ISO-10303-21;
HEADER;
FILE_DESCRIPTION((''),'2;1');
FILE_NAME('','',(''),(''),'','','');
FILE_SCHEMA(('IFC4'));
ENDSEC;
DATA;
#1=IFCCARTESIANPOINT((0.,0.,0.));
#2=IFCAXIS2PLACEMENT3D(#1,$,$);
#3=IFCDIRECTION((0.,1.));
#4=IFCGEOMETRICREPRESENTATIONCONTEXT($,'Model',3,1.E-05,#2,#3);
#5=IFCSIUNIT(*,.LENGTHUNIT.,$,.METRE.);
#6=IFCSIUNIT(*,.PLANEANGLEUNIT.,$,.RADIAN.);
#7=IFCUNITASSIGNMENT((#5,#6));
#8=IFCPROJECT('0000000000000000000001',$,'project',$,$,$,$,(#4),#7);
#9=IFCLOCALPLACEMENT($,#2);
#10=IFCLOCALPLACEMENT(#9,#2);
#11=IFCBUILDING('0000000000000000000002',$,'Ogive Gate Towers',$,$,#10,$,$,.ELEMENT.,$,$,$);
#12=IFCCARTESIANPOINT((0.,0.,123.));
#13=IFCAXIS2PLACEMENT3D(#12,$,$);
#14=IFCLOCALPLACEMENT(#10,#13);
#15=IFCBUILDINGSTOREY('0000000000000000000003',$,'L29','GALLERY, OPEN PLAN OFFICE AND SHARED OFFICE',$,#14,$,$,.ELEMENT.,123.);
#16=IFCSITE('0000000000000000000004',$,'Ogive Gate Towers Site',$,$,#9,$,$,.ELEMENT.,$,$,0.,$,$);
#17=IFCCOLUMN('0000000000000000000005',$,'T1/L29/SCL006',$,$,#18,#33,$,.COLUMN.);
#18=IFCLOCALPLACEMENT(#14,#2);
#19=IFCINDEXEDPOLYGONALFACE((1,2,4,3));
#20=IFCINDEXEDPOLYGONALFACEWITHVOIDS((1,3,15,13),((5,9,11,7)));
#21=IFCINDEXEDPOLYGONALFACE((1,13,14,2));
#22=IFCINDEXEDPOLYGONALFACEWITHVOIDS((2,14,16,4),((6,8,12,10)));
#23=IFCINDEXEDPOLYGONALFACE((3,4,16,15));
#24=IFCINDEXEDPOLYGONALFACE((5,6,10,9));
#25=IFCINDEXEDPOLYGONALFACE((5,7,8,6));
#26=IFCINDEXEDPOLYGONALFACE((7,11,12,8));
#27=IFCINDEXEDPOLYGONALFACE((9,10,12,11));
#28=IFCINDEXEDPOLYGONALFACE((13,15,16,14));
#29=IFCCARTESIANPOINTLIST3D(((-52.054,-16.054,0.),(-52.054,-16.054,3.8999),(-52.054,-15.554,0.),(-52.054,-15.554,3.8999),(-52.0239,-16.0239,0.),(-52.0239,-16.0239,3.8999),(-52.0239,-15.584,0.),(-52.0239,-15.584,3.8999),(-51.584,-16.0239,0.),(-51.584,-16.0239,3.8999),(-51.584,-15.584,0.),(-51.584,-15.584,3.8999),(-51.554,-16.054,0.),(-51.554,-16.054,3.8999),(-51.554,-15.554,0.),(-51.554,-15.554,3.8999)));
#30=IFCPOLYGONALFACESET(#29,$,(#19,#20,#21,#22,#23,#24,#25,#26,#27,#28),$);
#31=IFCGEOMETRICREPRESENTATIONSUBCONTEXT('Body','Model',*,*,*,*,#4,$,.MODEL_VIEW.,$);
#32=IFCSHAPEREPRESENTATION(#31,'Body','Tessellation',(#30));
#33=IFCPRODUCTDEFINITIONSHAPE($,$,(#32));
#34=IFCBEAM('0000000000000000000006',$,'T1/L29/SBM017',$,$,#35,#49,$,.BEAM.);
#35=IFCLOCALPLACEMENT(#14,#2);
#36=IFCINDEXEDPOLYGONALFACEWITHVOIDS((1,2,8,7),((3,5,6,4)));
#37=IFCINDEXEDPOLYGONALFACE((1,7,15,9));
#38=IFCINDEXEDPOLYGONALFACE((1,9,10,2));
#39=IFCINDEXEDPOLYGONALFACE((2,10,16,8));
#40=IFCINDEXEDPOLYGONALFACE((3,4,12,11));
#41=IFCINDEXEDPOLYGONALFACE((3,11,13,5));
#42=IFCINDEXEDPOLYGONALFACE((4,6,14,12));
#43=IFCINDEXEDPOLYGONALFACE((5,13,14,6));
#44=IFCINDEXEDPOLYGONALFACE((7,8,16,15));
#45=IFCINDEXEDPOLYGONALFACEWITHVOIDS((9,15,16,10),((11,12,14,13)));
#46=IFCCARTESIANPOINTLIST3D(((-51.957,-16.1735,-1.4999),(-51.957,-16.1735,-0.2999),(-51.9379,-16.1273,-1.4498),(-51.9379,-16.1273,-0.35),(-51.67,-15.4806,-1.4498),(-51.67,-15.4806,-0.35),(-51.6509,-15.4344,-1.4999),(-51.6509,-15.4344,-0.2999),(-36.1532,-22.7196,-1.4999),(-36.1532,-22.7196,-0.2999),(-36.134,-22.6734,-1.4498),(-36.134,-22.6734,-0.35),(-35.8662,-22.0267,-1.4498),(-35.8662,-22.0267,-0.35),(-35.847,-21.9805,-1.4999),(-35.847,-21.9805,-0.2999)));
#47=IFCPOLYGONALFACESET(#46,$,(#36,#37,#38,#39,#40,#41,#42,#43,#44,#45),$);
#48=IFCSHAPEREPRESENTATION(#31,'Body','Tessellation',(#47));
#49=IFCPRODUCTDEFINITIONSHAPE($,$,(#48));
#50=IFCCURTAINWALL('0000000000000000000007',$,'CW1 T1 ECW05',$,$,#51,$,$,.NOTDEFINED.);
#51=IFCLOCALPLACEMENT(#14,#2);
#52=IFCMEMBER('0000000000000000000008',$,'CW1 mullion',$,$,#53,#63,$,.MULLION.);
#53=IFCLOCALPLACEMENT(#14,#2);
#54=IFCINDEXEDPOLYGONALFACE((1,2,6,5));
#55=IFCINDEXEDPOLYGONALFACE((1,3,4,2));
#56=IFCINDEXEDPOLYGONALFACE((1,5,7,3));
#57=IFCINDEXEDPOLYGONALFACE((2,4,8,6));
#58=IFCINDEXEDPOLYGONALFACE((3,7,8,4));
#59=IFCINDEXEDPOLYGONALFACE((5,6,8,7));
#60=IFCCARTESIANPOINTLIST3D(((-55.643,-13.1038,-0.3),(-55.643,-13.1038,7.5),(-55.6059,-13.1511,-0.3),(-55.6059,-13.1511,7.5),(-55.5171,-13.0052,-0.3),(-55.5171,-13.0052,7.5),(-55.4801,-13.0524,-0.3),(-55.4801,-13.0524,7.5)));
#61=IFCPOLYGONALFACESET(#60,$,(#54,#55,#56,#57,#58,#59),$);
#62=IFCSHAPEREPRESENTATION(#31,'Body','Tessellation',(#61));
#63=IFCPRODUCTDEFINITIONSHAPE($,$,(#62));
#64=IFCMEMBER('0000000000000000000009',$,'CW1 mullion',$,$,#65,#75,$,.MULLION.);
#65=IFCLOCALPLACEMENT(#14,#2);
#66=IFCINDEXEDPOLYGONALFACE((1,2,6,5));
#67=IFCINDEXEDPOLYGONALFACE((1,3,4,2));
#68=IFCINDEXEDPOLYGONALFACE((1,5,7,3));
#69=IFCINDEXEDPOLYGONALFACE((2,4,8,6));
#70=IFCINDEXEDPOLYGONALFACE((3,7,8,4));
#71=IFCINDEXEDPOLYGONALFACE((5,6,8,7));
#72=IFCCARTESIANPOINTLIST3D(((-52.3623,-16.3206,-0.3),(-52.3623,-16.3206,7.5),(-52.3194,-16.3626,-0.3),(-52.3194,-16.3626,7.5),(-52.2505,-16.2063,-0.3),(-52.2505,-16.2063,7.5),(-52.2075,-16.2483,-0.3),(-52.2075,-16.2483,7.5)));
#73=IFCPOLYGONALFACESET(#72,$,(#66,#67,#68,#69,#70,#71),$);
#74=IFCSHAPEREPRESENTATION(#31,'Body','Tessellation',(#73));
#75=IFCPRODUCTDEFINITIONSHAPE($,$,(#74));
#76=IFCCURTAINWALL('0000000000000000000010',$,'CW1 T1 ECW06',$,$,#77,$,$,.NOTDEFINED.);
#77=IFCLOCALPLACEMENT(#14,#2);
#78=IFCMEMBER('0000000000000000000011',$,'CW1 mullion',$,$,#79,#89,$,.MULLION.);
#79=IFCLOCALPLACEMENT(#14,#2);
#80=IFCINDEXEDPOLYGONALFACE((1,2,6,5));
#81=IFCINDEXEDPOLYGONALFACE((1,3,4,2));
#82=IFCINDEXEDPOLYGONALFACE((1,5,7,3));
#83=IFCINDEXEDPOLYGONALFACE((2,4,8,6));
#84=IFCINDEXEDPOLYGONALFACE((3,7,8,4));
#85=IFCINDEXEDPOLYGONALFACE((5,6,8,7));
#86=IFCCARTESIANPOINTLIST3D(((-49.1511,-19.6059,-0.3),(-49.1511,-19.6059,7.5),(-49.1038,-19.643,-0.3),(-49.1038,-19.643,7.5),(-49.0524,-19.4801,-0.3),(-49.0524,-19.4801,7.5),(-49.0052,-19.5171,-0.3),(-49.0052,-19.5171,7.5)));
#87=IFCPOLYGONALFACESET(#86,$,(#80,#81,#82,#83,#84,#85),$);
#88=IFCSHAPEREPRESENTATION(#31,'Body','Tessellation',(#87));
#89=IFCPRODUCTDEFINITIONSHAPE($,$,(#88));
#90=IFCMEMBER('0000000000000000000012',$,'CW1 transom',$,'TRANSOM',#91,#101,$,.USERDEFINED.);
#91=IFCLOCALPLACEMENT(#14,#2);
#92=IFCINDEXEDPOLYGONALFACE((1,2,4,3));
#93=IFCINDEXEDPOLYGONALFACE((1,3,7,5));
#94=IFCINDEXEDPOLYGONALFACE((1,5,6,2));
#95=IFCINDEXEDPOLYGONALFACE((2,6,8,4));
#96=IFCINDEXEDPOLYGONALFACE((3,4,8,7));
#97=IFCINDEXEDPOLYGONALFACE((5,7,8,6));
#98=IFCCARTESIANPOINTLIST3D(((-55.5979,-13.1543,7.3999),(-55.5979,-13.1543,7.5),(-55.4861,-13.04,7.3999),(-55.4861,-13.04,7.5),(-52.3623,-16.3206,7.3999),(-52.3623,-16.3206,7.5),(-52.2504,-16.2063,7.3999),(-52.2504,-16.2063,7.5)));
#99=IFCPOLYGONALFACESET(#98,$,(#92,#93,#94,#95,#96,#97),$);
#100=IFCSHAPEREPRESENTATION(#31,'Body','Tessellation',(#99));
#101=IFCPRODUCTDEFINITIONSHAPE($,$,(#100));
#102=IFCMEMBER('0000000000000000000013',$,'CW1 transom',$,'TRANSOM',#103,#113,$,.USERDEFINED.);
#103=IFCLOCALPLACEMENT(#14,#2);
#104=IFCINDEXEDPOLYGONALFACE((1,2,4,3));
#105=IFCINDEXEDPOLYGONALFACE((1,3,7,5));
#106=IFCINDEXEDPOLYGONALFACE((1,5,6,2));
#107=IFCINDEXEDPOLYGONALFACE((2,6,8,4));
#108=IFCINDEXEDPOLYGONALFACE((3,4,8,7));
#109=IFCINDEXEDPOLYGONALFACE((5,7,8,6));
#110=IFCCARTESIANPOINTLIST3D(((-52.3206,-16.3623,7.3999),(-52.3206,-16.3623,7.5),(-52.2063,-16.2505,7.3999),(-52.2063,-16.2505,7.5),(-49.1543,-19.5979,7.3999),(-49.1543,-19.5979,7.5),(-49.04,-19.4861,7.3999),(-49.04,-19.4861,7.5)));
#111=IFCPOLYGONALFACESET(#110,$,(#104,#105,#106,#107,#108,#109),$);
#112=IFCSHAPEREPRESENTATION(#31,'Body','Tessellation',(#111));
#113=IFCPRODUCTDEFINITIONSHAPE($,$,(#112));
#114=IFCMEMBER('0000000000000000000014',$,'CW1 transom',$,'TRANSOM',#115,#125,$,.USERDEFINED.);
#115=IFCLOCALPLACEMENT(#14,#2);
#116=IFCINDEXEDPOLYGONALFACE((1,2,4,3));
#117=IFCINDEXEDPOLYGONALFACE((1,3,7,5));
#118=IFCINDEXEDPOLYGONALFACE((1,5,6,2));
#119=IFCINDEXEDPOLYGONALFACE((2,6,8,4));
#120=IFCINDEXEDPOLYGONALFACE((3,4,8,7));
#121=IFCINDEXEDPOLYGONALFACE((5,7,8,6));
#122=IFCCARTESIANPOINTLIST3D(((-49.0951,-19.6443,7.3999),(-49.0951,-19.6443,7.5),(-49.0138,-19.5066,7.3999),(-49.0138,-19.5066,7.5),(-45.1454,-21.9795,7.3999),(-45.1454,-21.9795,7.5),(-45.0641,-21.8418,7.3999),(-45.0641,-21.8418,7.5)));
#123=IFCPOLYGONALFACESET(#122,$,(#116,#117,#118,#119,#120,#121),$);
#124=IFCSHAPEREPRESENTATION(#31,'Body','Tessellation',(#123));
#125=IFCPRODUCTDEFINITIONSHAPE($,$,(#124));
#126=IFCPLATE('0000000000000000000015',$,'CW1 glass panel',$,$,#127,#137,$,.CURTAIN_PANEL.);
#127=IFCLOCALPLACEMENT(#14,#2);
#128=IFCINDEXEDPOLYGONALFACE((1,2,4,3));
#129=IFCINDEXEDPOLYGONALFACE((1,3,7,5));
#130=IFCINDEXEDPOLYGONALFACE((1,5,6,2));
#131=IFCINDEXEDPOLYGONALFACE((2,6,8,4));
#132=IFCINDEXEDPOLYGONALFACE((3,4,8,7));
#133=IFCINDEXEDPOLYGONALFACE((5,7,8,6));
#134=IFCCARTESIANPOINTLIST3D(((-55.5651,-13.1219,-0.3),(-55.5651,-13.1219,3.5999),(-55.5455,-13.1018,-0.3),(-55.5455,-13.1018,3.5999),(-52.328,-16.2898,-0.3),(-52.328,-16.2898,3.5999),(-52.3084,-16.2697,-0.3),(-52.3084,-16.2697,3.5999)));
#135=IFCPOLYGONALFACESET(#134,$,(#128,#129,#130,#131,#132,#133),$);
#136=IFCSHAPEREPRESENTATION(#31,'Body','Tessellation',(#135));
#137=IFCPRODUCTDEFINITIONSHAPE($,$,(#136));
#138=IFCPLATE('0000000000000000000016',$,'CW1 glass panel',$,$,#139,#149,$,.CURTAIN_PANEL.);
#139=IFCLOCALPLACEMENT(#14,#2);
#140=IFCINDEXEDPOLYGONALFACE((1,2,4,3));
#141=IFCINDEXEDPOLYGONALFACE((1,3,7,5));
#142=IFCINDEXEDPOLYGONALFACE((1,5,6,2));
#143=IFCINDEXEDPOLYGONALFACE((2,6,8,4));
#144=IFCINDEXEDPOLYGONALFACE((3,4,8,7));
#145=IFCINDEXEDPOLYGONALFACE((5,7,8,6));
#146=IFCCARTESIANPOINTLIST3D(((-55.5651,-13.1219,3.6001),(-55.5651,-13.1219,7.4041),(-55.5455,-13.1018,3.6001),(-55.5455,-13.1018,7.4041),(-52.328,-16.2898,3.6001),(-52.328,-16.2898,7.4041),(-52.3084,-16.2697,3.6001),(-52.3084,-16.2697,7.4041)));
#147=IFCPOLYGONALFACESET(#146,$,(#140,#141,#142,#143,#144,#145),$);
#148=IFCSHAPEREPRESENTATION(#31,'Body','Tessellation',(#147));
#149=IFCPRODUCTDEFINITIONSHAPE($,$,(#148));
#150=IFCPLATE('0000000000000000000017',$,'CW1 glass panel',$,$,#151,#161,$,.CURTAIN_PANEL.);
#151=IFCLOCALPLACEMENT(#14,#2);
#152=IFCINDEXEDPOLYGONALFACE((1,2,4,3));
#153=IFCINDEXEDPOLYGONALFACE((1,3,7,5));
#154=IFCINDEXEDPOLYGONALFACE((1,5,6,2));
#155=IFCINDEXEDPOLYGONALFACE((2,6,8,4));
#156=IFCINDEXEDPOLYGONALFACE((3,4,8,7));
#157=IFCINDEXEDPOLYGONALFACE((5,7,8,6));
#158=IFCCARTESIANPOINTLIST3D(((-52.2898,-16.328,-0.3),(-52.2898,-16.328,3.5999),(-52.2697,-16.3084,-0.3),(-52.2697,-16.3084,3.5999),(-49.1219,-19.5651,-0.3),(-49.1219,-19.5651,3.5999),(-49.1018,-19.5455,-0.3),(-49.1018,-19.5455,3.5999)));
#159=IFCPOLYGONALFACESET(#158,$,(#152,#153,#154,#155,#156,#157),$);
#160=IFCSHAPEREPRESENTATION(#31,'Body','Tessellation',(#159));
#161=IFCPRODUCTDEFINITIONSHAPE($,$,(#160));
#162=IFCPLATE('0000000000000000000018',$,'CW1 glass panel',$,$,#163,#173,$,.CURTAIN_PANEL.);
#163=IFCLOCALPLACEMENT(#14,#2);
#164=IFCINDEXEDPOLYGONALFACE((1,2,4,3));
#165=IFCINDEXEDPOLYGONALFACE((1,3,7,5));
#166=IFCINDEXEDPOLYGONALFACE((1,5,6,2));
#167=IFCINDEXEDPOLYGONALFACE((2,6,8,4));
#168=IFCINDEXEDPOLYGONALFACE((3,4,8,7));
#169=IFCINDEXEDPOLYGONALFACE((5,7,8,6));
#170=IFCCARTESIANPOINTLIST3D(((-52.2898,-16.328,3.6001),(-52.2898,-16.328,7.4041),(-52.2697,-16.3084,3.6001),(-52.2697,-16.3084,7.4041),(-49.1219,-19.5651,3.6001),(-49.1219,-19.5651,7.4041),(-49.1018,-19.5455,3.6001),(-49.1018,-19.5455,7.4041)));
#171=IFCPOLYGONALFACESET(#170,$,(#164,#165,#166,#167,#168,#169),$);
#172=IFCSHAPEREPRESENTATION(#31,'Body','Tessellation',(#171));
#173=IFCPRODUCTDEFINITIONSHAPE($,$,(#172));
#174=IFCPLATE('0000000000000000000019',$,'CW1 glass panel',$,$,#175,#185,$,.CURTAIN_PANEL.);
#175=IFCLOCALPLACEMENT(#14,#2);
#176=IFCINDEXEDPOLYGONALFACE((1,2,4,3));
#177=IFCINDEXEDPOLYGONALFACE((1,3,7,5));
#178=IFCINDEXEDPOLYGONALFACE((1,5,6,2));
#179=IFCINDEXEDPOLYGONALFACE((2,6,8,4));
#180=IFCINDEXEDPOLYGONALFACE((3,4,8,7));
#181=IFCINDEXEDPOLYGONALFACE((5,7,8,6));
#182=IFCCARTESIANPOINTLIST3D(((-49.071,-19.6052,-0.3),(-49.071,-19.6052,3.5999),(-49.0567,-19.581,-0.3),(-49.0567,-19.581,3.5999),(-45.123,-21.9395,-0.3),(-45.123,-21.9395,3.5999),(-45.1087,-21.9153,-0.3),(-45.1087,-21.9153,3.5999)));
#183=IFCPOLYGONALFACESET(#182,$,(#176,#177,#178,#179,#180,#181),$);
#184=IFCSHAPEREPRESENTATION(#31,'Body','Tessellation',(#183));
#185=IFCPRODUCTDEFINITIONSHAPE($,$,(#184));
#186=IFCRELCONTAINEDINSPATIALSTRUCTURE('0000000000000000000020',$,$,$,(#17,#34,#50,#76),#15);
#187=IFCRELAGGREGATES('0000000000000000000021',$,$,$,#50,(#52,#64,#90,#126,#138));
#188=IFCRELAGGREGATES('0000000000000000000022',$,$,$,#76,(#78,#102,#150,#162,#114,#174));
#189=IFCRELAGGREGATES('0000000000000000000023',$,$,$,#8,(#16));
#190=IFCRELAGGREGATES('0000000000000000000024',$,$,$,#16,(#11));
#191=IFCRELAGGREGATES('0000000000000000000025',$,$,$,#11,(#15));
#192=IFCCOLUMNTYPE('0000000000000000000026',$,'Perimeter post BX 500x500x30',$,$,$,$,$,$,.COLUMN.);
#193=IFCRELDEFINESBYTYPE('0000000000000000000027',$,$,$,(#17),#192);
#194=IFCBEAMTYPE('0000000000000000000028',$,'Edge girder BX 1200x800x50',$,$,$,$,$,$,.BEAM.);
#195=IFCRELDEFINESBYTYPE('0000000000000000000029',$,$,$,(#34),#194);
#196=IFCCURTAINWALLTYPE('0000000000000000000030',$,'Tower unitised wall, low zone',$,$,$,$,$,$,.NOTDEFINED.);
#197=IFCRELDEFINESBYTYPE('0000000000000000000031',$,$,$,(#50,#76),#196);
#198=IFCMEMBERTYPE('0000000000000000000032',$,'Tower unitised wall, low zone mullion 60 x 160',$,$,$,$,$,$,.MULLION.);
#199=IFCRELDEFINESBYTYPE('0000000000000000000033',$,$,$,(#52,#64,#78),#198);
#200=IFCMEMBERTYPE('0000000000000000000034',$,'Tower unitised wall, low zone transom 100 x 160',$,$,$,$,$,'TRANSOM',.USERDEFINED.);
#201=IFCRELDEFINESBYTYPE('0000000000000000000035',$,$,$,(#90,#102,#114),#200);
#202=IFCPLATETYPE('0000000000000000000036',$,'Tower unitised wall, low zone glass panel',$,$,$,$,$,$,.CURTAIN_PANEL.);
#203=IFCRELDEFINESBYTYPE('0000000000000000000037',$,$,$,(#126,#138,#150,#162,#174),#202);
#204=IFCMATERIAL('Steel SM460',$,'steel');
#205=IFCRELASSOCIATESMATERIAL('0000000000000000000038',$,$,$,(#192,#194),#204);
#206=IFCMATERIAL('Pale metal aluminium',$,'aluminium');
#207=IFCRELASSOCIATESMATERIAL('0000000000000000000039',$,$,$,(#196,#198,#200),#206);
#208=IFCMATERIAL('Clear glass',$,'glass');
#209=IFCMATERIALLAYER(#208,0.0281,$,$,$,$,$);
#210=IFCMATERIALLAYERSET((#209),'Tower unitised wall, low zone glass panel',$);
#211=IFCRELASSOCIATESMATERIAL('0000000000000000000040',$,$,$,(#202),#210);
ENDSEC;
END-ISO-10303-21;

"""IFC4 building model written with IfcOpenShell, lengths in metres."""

from ifc_helpers import new_model, si_unit, direction, frame, origin, origin_2d, place, context, subcontext, project, spatial, rectangle, hollow_rectangle, extrude, material, layer, layer_set, material_profile, profile_set, type_object, element, aggregate, save


model = new_model("IFC4")

# Units and contexts
model_context = context("Model", 3, precision=1e-05, world=origin(), true_north=direction((0.0, 1.0)))
body_context = subcontext(model_context, "Body", "Model", "MODEL_VIEW")
ifc_project = project(units=[si_unit("LENGTHUNIT", "METRE"), si_unit("PLANEANGLEUNIT", "RADIAN")], contexts=[model_context])

# Site, building, storey
site_placement = place(None, origin())
site = spatial("IfcSite", under=ifc_project, at=site_placement, Name="Ogive Gate Towers Site", CompositionType="ELEMENT", RefElevation=0.0)
building_placement = place(site_placement, origin())
building = spatial("IfcBuilding", under=site, at=building_placement, Name="Ogive Gate Towers", CompositionType="ELEMENT")
storey_placement = place(building_placement, frame((0.0, 0.0, 123.0)))
storey = spatial("IfcBuildingStorey", under=building, at=storey_placement, Name="L29", Description="GALLERY, OPEN PLAN OFFICE AND SHARED OFFICE", CompositionType="ELEMENT", Elevation=123.0)

# Column
ifc_material_1 = material(Name="Steel SM460", Category="steel")
ifc_material_profile_1 = material_profile(ifc_material_1, hollow_rectangle(XDim=0.5, YDim=0.5, WallThickness=0.03, at=origin_2d()), Name="BX 500x500x30")
ifc_profile_set_1 = profile_set([ifc_material_profile_1], Name="Steel SM460")
column_type = type_object("IfcColumnType", Name="Perimeter post BX 500x500x30", PredefinedType="COLUMN", material=ifc_profile_set_1)
column_placement = place(storey_placement, frame((-51.804, -15.804, 0.0), z_axis=(0.0, 0.0, 1.0), x_axis=(1.0, 0.0, 0.0)))
element("IfcColumn", 1, at=column_placement, inside=storey, type_object=column_type, Name="T1/L29/SCL006", PredefinedType="COLUMN", context=body_context, shape_type="SweptSolid", body=[
    extrude(hollow_rectangle(XDim=0.5, YDim=0.5, WallThickness=0.03, at=origin_2d()), origin(), (0.0, 0.0, 1.0), 3.8999),
])

# Beam
ifc_material_profile_2 = material_profile(ifc_material_1, hollow_rectangle(XDim=0.8, YDim=1.2, WallThickness=0.05, at=origin_2d()), Name="BX 1200x800x50")
ifc_profile_set_2 = profile_set([ifc_material_profile_2], Name="Steel SM460")
beam_type = type_object("IfcBeamType", Name="Edge girder BX 1200x800x50", PredefinedType="BEAM", material=ifc_profile_set_2)
beam_placement = place(storey_placement, frame((-51.804, -15.804, -0.8999), z_axis=(0.923881, -0.38268, 0.0), x_axis=(0.38268, 0.923881, 0.0)))
element("IfcBeam", 2, at=beam_placement, inside=storey, type_object=beam_type, Name="T1/L29/SBM017", PredefinedType="BEAM", context=body_context, shape_type="SweptSolid", body=[
    extrude(hollow_rectangle(XDim=0.8, YDim=1.2, WallThickness=0.05, at=origin_2d()), origin(), (0.0, 0.0, 1.0), 17.106),
])

# Curtain wall, members
ifc_material_2 = material(Name="Pale metal aluminium", Category="aluminium")
curtain_wall_type = type_object("IfcCurtainWallType", Name="Tower unitised wall, low zone", PredefinedType="NOTDEFINED", material=ifc_material_2)
curtain_wall_1_placement = place(storey_placement, origin())
curtain_wall_1 = element("IfcCurtainWall", 3, at=curtain_wall_1_placement, inside=storey, type_object=curtain_wall_type, Name="CW1 T1 ECW05", PredefinedType="NOTDEFINED")
ifc_material_profile_3 = material_profile(ifc_material_2, rectangle(XDim=0.1599, YDim=0.0601, at=origin_2d()), Name="60 x 160 aluminium box")
ifc_profile_set_3 = profile_set([ifc_material_profile_3], Name="Pale metal aluminium")
member_type_1 = type_object("IfcMemberType", Name="Tower unitised wall, low zone mullion 60 x 160", PredefinedType="MULLION", material=ifc_profile_set_3)
member_1_placement = place(storey_placement, frame((-55.5615, -13.0781, -0.3), z_axis=(0.0, 0.0, 1.0), x_axis=(-0.78686, -0.617132, 0.0)))
member_1 = element("IfcMember", 4, at=member_1_placement, type_object=member_type_1, Name="CW1 mullion", PredefinedType="MULLION", context=body_context, shape_type="SweptSolid", body=[
    extrude(rectangle(XDim=0.1599, YDim=0.0601, at=origin_2d()), origin(), (0.0, 0.0, 1.0), 7.8),
])
member_2_placement = place(storey_placement, frame((-52.2849, -16.2844, -0.3), z_axis=(0.0, 0.0, 1.0), x_axis=(-0.699426, -0.714705, 0.0)))
member_2 = element("IfcMember", 5, at=member_2_placement, type_object=member_type_1, Name="CW1 mullion", PredefinedType="MULLION", context=body_context, shape_type="SweptSolid", body=[
    extrude(rectangle(XDim=0.1599, YDim=0.0601, at=origin_2d()), origin(), (0.0, 0.0, 1.0), 7.8),
])

# Curtain wall, member
curtain_wall_2_placement = place(storey_placement, origin())
curtain_wall_2 = element("IfcCurtainWall", 6, at=curtain_wall_2_placement, inside=storey, type_object=curtain_wall_type, Name="CW1 T1 ECW06", PredefinedType="NOTDEFINED")
member_3_placement = place(storey_placement, frame((-49.0781, -19.5615, -0.3), z_axis=(0.0, 0.0, 1.0), x_axis=(-0.617132, -0.78686, 0.0)))
member_3 = element("IfcMember", 7, at=member_3_placement, type_object=member_type_1, Name="CW1 mullion", PredefinedType="MULLION", context=body_context, shape_type="SweptSolid", body=[
    extrude(rectangle(XDim=0.1599, YDim=0.0601, at=origin_2d()), origin(), (0.0, 0.0, 1.0), 7.8),
])

# Members
ifc_material_profile_4 = material_profile(ifc_material_2, rectangle(XDim=0.1599, YDim=0.1001, at=origin_2d()), Name="100 x 160 aluminium box")
ifc_profile_set_4 = profile_set([ifc_material_profile_4], Name="Pale metal aluminium")
member_type_2 = type_object("IfcMemberType", Name="Tower unitised wall, low zone transom 100 x 160", ElementType="TRANSOM", PredefinedType="USERDEFINED", material=ifc_profile_set_4)
member_4_placement = place(storey_placement, frame((-55.542, -13.0972, 7.45), z_axis=(0.714723, -0.699407, 0.0), x_axis=(0.699407, 0.714723, 0.0)))
member_4 = element("IfcMember", 8, at=member_4_placement, type_object=member_type_2, Name="CW1 transom", ObjectType="TRANSOM", PredefinedType="USERDEFINED", context=body_context, shape_type="SweptSolid", body=[
    extrude(rectangle(XDim=0.1599, YDim=0.1001, at=origin_2d()), origin(), (0.0, 0.0, 1.0), 4.5271),
])
member_5_placement = place(storey_placement, frame((-52.2634, -16.3064, 7.45), z_axis=(0.699407, -0.714723, 0.0), x_axis=(0.714723, 0.699407, 0.0)))
member_5 = element("IfcMember", 9, at=member_5_placement, type_object=member_type_2, Name="CW1 transom", ObjectType="TRANSOM", PredefinedType="USERDEFINED", context=body_context, shape_type="SweptSolid", body=[
    extrude(rectangle(XDim=0.1599, YDim=0.1001, at=origin_2d()), origin(), (0.0, 0.0, 1.0), 4.5271),
])
member_6_placement = place(storey_placement, frame((-49.0544, -19.5754, 7.45), z_axis=(0.860804, -0.508937, 0.0), x_axis=(0.508937, 0.860804, 0.0)))
member_6 = element("IfcMember", 10, at=member_6_placement, type_object=member_type_2, Name="CW1 transom", ObjectType="TRANSOM", PredefinedType="USERDEFINED", context=body_context, shape_type="SweptSolid", body=[
    extrude(rectangle(XDim=0.1599, YDim=0.1001, at=origin_2d()), origin(), (0.0, 0.0, 1.0), 4.5884),
])

# Plates
ifc_material_3 = material(Name="Clear glass", Category="glass")
ifc_layer_1 = layer(ifc_material_3, 0.0281)
ifc_layer_set_1 = layer_set([ifc_layer_1], Name="Tower unitised wall, low zone glass panel")
plate_type = type_object("IfcPlateType", Name="Tower unitised wall, low zone glass panel", PredefinedType="CURTAIN_PANEL", material=ifc_layer_set_1)
plate_1_placement = place(storey_placement, frame((-53.9368, -14.6958, -0.3), z_axis=(0.0, 0.0, 1.0), x_axis=(0.714705, -0.699426, 0.0)))
plate_1 = element("IfcPlate", 11, at=plate_1_placement, type_object=plate_type, Name="CW1 glass panel", PredefinedType="CURTAIN_PANEL", context=body_context, shape_type="SweptSolid", body=[
    extrude(rectangle(XDim=4.5293, YDim=0.0281, at=origin_2d()), origin(), (0.0, 0.0, 1.0), 3.8999),
])
plate_2_placement = place(storey_placement, frame((-53.9368, -14.6958, 3.6001), z_axis=(0.0, 0.0, 1.0), x_axis=(0.714705, -0.699426, 0.0)))
plate_2 = element("IfcPlate", 12, at=plate_2_placement, type_object=plate_type, Name="CW1 glass panel", PredefinedType="CURTAIN_PANEL", context=body_context, shape_type="SweptSolid", body=[
    extrude(rectangle(XDim=4.5293, YDim=0.0281, at=origin_2d()), origin(), (0.0, 0.0, 1.0), 3.804),
])
aggregate(curtain_wall_1, [member_1, member_2, member_4, plate_1, plate_2])
plate_3_placement = place(storey_placement, frame((-50.6958, -17.9368, -0.3), z_axis=(0.0, 0.0, 1.0), x_axis=(0.699426, -0.714705, 0.0)))
plate_3 = element("IfcPlate", 13, at=plate_3_placement, type_object=plate_type, Name="CW1 glass panel", PredefinedType="CURTAIN_PANEL", context=body_context, shape_type="SweptSolid", body=[
    extrude(rectangle(XDim=4.5293, YDim=0.0281, at=origin_2d()), origin(), (0.0, 0.0, 1.0), 3.8999),
])
plate_4_placement = place(storey_placement, frame((-50.6958, -17.9368, 3.6001), z_axis=(0.0, 0.0, 1.0), x_axis=(0.699426, -0.714705, 0.0)))
plate_4 = element("IfcPlate", 14, at=plate_4_placement, type_object=plate_type, Name="CW1 glass panel", PredefinedType="CURTAIN_PANEL", context=body_context, shape_type="SweptSolid", body=[
    extrude(rectangle(XDim=4.5293, YDim=0.0281, at=origin_2d()), origin(), (0.0, 0.0, 1.0), 3.804),
])
plate_5_placement = place(storey_placement, frame((-47.0898, -20.7603, -0.3), z_axis=(0.0, 0.0, 1.0), x_axis=(0.860795, -0.508951, 0.0)))
plate_5 = element("IfcPlate", 15, at=plate_5_placement, type_object=plate_type, Name="CW1 glass panel", PredefinedType="CURTAIN_PANEL", context=body_context, shape_type="SweptSolid", body=[
    extrude(rectangle(XDim=4.5864, YDim=0.0281, at=origin_2d()), origin(), (0.0, 0.0, 1.0), 3.8999),
])
aggregate(curtain_wall_2, [member_3, member_5, plate_3, plate_4, member_6, plate_5])

save(model, "model.ifc")
